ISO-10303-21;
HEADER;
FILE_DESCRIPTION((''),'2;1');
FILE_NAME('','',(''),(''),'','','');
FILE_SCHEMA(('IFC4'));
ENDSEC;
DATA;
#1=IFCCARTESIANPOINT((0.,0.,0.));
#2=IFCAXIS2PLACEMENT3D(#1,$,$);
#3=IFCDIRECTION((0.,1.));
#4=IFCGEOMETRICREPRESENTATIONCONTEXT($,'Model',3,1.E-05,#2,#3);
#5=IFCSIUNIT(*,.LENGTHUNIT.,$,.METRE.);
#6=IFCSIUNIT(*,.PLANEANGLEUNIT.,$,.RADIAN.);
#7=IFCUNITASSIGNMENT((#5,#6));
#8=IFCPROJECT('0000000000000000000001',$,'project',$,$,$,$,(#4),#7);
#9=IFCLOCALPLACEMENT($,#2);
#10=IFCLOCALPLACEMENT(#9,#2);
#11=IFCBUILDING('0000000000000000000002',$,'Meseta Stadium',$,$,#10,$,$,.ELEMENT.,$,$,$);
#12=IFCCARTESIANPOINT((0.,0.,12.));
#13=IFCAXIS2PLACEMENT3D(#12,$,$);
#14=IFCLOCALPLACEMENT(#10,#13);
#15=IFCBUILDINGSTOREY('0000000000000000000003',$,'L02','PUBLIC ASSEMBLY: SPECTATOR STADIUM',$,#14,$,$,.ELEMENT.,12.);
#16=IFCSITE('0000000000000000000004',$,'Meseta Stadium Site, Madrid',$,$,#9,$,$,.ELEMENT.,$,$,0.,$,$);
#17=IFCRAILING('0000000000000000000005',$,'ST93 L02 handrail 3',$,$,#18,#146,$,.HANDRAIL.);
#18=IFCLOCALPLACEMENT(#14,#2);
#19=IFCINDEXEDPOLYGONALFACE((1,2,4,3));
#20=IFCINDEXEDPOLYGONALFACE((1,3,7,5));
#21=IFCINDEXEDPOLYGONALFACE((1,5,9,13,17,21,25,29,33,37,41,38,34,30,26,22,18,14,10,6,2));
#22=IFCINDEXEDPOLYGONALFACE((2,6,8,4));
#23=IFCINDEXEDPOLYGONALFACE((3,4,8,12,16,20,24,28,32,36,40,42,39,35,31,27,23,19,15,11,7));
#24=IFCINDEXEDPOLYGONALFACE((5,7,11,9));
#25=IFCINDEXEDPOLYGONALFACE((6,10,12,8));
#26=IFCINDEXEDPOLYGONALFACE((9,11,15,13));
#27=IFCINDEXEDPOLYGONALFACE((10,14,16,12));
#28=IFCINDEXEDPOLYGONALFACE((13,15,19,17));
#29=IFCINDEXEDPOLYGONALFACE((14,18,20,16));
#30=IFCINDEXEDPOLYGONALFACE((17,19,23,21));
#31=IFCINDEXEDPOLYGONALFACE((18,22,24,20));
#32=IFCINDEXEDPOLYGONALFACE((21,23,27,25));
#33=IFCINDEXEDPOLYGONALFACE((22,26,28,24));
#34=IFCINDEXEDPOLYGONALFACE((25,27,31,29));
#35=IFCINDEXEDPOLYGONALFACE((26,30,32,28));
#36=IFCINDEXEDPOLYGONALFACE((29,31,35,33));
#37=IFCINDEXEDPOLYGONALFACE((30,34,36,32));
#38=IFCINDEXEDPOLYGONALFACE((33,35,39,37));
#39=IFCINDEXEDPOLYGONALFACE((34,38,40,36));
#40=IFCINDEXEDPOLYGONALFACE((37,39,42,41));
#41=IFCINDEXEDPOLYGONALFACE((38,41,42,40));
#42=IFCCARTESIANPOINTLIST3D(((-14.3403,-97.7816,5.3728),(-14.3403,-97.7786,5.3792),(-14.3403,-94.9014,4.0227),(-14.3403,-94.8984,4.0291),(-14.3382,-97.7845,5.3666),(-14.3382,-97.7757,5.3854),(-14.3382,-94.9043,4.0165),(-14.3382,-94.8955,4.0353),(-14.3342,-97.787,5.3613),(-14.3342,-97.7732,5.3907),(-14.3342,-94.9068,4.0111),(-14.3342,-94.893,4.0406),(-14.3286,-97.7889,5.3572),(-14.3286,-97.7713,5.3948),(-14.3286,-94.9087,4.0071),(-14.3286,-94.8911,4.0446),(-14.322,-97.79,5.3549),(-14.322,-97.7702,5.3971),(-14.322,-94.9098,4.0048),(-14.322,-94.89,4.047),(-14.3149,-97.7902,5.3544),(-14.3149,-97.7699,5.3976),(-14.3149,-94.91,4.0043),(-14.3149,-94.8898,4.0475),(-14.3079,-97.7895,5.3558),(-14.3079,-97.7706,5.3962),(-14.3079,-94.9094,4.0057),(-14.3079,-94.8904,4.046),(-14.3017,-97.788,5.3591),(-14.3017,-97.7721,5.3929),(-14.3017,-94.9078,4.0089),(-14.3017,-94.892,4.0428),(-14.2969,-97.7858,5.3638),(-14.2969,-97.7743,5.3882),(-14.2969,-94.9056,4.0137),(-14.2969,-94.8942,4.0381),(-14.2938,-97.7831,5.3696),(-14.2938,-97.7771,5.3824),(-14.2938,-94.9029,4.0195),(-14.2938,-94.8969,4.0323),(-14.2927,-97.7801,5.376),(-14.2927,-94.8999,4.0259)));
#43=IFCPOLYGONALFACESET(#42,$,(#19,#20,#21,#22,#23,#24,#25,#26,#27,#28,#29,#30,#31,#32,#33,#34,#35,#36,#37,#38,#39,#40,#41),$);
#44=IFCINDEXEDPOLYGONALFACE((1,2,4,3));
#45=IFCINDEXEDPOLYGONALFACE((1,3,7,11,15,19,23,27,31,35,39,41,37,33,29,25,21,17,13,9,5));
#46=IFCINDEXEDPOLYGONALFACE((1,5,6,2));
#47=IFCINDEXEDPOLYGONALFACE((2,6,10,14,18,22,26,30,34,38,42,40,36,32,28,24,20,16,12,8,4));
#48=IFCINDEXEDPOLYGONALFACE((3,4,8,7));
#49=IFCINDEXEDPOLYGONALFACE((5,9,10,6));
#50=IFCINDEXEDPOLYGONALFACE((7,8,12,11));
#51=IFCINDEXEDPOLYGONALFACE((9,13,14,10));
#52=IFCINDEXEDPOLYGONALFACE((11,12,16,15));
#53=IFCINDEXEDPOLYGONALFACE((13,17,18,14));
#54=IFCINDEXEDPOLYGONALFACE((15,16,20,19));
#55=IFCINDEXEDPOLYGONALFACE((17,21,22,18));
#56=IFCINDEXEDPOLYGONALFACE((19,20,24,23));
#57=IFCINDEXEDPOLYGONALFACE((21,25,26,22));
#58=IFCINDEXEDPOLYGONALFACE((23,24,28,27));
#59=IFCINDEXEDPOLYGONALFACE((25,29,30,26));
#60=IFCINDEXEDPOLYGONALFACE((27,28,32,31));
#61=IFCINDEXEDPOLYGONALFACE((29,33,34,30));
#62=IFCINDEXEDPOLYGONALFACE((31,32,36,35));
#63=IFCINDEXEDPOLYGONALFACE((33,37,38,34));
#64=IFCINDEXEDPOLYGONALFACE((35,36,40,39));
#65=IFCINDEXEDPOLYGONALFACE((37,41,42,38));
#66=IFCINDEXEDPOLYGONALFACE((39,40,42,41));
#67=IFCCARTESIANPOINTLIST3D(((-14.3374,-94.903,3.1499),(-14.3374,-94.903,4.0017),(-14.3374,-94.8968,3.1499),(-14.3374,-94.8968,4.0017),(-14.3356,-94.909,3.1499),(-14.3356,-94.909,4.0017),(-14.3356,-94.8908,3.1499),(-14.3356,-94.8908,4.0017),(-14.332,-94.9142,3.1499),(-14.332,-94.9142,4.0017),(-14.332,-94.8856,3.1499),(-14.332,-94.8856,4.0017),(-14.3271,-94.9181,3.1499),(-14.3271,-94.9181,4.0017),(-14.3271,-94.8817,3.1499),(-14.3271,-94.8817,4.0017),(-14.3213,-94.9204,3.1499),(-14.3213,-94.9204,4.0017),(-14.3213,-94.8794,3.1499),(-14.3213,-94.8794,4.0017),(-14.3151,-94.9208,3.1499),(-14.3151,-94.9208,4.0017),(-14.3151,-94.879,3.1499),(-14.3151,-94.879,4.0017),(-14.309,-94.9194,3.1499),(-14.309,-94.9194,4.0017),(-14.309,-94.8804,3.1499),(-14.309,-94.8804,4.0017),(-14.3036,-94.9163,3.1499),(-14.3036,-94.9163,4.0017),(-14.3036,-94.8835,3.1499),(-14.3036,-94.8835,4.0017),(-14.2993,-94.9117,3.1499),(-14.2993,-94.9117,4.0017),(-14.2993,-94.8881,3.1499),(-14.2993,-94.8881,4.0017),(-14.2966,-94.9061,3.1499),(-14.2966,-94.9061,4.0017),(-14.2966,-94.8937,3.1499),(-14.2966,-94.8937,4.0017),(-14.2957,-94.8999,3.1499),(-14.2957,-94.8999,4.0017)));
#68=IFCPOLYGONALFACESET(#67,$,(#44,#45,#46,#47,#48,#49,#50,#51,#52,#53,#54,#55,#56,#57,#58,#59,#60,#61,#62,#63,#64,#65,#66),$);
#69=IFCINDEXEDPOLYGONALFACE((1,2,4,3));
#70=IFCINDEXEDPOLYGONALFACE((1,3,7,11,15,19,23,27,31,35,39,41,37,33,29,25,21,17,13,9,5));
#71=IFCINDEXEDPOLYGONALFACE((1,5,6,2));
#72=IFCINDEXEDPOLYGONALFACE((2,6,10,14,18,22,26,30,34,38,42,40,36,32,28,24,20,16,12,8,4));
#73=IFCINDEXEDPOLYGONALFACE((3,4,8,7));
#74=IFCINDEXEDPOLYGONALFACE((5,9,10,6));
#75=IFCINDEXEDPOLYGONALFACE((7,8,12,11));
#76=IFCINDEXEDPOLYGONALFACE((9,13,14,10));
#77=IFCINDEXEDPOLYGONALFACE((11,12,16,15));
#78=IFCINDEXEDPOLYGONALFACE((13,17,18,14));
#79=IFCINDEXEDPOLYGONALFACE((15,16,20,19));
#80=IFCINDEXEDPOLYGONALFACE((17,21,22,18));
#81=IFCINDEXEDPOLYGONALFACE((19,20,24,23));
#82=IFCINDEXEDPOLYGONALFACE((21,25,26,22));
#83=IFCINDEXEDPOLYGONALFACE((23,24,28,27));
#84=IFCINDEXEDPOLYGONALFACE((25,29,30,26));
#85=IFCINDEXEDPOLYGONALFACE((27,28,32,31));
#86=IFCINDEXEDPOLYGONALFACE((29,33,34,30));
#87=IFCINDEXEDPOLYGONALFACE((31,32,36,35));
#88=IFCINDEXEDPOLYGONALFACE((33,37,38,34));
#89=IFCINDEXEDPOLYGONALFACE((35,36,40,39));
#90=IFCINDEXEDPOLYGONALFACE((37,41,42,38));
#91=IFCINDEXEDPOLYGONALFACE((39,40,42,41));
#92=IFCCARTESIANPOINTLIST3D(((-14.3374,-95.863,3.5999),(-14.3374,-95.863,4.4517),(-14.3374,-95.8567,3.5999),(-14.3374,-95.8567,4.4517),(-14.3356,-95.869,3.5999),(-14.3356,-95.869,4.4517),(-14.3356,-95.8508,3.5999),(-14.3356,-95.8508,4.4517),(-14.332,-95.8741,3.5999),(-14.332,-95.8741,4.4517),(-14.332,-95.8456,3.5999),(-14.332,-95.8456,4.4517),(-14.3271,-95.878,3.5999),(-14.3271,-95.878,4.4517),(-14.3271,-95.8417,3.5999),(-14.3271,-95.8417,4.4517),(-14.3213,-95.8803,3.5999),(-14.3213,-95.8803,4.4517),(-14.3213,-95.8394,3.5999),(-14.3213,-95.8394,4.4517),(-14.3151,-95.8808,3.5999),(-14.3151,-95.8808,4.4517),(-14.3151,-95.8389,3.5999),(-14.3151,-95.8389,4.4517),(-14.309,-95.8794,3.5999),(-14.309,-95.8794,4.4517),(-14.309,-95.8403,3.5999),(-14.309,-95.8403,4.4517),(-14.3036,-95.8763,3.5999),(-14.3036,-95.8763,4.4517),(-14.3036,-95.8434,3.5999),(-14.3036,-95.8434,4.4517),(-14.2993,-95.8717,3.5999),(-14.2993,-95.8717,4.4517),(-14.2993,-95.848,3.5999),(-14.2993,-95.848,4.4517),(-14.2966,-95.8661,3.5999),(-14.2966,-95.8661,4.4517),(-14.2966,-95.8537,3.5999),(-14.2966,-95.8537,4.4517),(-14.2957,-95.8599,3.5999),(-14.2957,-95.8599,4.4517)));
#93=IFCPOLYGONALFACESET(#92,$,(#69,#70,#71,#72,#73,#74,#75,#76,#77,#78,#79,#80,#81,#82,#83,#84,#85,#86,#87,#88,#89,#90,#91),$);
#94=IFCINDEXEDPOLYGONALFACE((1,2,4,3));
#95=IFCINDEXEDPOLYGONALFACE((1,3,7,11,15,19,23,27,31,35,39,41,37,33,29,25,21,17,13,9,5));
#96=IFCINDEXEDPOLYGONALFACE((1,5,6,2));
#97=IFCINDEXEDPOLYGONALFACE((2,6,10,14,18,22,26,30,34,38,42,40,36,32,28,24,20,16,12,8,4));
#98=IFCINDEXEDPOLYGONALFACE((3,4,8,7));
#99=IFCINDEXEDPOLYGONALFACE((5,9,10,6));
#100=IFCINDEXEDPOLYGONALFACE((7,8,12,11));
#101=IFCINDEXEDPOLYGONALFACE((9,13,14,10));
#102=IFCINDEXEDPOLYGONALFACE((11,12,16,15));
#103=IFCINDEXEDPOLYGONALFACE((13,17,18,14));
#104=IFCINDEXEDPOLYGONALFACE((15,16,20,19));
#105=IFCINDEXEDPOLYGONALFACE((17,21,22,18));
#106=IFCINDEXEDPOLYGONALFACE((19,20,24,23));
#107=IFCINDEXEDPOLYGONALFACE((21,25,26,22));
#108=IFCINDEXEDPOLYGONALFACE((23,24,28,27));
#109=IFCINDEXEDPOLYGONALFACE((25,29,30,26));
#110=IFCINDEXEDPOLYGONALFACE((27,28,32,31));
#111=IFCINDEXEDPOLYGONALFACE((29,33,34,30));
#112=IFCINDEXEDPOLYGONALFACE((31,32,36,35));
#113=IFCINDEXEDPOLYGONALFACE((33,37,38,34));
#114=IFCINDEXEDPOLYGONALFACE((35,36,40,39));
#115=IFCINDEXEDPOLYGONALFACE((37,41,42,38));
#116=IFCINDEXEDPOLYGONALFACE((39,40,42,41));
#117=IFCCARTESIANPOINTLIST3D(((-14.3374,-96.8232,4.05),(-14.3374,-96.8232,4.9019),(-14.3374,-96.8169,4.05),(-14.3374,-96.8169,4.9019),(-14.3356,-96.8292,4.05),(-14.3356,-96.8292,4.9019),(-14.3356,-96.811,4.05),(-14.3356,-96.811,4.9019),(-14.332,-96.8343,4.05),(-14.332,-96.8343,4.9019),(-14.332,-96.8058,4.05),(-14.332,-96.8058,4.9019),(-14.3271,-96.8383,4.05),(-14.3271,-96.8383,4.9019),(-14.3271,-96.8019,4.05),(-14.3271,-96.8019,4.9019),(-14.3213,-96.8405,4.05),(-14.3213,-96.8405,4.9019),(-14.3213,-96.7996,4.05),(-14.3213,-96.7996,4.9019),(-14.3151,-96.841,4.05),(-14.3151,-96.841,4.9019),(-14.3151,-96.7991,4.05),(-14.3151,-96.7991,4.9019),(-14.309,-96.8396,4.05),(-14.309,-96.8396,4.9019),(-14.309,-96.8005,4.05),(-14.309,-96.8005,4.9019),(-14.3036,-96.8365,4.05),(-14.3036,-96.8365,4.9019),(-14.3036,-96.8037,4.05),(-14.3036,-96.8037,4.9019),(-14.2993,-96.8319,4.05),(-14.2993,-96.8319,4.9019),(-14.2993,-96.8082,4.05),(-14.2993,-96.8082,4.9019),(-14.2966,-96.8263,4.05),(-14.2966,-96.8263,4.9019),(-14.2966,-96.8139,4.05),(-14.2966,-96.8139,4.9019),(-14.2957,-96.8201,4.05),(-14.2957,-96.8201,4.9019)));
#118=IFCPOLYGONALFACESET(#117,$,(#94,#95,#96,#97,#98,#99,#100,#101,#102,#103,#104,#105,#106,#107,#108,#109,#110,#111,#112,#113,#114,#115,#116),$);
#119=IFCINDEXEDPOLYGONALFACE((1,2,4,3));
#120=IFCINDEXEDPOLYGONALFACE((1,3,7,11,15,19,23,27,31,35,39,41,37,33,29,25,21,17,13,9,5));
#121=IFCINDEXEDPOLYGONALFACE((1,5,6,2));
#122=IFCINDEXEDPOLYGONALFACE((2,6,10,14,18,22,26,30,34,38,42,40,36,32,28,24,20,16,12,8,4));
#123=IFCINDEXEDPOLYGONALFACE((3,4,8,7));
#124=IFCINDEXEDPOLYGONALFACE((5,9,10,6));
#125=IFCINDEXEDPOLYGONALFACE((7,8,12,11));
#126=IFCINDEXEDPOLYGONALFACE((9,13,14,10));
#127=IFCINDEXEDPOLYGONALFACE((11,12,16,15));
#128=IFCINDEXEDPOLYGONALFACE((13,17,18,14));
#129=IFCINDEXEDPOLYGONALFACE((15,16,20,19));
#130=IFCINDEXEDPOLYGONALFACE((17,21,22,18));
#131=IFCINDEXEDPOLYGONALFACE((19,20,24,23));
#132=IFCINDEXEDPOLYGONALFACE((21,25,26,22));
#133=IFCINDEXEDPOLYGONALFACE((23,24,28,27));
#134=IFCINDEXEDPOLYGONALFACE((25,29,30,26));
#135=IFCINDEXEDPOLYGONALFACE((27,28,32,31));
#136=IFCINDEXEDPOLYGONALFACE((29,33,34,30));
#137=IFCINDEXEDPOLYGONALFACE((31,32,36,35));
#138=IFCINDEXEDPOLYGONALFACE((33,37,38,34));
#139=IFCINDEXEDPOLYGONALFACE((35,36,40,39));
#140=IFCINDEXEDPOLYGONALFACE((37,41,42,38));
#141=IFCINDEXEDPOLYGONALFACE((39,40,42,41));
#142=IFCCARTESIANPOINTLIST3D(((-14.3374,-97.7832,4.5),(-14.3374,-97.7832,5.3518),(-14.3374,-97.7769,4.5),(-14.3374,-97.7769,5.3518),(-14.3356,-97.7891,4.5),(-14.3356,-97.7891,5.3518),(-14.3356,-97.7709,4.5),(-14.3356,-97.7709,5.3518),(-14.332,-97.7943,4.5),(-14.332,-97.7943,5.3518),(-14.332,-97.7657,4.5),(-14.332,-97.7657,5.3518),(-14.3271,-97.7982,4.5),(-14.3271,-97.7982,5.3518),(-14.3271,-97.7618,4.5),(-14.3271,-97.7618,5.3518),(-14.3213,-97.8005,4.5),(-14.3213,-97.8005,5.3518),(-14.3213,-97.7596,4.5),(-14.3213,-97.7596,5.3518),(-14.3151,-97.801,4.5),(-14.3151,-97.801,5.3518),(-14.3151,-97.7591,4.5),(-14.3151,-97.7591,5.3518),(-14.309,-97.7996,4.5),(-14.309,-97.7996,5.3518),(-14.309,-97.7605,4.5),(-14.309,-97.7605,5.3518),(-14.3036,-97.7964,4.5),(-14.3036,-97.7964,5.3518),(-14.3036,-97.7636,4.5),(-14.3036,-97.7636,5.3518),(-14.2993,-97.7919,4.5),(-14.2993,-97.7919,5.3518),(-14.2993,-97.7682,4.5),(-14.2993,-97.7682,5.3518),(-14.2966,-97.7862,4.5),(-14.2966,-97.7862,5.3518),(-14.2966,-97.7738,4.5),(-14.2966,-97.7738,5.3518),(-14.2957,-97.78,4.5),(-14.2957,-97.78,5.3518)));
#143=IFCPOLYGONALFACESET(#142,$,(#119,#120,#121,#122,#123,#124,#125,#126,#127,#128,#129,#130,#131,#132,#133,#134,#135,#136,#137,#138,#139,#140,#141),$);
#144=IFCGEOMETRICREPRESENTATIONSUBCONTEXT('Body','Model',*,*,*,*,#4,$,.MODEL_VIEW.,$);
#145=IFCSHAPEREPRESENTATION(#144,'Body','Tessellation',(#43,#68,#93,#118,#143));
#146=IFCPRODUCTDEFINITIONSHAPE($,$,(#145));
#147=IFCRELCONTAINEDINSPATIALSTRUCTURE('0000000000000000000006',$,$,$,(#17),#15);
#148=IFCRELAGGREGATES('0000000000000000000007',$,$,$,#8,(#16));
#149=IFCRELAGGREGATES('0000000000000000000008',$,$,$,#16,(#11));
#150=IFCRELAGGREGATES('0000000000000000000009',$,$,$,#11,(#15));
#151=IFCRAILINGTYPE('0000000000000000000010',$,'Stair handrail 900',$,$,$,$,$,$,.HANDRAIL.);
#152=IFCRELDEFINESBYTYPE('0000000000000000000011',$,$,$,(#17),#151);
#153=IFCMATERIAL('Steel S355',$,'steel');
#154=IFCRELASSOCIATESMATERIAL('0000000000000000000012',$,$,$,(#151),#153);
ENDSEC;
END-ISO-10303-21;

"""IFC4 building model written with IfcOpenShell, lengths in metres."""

from ifc_helpers import new_model, si_unit, direction, frame, origin, origin_2d, place, context, subcontext, project, spatial, circle, extrude, material, type_object, element, save


model = new_model("IFC4")

# Units and contexts
model_context = context("Model", 3, precision=1e-05, world=origin(), true_north=direction((0.0, 1.0)))
body_context = subcontext(model_context, "Body", "Model", "MODEL_VIEW")
ifc_project = project(units=[si_unit("LENGTHUNIT", "METRE"), si_unit("PLANEANGLEUNIT", "RADIAN")], contexts=[model_context])

# Site, building, storey
site_placement = place(None, origin())
site = spatial("IfcSite", under=ifc_project, at=site_placement, Name="Meseta Stadium Site, Madrid", CompositionType="ELEMENT", RefElevation=0.0)
building_placement = place(site_placement, origin())
building = spatial("IfcBuilding", under=site, at=building_placement, Name="Meseta Stadium", CompositionType="ELEMENT")
storey_placement = place(building_placement, frame((0.0, 0.0, 12.0)))
storey = spatial("IfcBuildingStorey", under=building, at=storey_placement, Name="L02", Description="PUBLIC ASSEMBLY: SPECTATOR STADIUM", CompositionType="ELEMENT", Elevation=12.0)

# Railing
ifc_material_1 = material(Name="Steel S355", Category="steel")
railing_type_1 = type_object("IfcRailingType", Name="Stair handrail 900", PredefinedType="HANDRAIL", material=ifc_material_1)
railing_1_placement = place(storey_placement, frame((-14.3167, -94.8999, 3.1499)))
element("IfcRailing", 1, at=railing_1_placement, inside=storey, type_object=railing_type_1, Name="ST93 L02 handrail 3", PredefinedType="HANDRAIL", context=body_context, shape_type="SweptSolid", body=[
    extrude(circle(Radius=0.0239, at=origin_2d()), frame((0.0, 0.0, 0.876), z_axis=(0.0, -0.905454, 0.424444), x_axis=(1.0, 0.0, 0.0)), (0.0, 0.0, 1.0), 3.1809),
    extrude(circle(Radius=0.021, at=origin_2d()), origin(), (0.0, 0.0, 1.0), 0.8518),
    extrude(circle(Radius=0.021, at=origin_2d()), frame((0.0, -0.96, 0.45)), (0.0, 0.0, 1.0), 0.8518),
    extrude(circle(Radius=0.021, at=origin_2d()), frame((0.0, -1.9202, 0.9001)), (0.0, 0.0, 1.0), 0.8518),
    extrude(circle(Radius=0.021, at=origin_2d()), frame((0.0, -2.8801, 1.3501)), (0.0, 0.0, 1.0), 0.8518),
])

save(model, "model.ifc")
